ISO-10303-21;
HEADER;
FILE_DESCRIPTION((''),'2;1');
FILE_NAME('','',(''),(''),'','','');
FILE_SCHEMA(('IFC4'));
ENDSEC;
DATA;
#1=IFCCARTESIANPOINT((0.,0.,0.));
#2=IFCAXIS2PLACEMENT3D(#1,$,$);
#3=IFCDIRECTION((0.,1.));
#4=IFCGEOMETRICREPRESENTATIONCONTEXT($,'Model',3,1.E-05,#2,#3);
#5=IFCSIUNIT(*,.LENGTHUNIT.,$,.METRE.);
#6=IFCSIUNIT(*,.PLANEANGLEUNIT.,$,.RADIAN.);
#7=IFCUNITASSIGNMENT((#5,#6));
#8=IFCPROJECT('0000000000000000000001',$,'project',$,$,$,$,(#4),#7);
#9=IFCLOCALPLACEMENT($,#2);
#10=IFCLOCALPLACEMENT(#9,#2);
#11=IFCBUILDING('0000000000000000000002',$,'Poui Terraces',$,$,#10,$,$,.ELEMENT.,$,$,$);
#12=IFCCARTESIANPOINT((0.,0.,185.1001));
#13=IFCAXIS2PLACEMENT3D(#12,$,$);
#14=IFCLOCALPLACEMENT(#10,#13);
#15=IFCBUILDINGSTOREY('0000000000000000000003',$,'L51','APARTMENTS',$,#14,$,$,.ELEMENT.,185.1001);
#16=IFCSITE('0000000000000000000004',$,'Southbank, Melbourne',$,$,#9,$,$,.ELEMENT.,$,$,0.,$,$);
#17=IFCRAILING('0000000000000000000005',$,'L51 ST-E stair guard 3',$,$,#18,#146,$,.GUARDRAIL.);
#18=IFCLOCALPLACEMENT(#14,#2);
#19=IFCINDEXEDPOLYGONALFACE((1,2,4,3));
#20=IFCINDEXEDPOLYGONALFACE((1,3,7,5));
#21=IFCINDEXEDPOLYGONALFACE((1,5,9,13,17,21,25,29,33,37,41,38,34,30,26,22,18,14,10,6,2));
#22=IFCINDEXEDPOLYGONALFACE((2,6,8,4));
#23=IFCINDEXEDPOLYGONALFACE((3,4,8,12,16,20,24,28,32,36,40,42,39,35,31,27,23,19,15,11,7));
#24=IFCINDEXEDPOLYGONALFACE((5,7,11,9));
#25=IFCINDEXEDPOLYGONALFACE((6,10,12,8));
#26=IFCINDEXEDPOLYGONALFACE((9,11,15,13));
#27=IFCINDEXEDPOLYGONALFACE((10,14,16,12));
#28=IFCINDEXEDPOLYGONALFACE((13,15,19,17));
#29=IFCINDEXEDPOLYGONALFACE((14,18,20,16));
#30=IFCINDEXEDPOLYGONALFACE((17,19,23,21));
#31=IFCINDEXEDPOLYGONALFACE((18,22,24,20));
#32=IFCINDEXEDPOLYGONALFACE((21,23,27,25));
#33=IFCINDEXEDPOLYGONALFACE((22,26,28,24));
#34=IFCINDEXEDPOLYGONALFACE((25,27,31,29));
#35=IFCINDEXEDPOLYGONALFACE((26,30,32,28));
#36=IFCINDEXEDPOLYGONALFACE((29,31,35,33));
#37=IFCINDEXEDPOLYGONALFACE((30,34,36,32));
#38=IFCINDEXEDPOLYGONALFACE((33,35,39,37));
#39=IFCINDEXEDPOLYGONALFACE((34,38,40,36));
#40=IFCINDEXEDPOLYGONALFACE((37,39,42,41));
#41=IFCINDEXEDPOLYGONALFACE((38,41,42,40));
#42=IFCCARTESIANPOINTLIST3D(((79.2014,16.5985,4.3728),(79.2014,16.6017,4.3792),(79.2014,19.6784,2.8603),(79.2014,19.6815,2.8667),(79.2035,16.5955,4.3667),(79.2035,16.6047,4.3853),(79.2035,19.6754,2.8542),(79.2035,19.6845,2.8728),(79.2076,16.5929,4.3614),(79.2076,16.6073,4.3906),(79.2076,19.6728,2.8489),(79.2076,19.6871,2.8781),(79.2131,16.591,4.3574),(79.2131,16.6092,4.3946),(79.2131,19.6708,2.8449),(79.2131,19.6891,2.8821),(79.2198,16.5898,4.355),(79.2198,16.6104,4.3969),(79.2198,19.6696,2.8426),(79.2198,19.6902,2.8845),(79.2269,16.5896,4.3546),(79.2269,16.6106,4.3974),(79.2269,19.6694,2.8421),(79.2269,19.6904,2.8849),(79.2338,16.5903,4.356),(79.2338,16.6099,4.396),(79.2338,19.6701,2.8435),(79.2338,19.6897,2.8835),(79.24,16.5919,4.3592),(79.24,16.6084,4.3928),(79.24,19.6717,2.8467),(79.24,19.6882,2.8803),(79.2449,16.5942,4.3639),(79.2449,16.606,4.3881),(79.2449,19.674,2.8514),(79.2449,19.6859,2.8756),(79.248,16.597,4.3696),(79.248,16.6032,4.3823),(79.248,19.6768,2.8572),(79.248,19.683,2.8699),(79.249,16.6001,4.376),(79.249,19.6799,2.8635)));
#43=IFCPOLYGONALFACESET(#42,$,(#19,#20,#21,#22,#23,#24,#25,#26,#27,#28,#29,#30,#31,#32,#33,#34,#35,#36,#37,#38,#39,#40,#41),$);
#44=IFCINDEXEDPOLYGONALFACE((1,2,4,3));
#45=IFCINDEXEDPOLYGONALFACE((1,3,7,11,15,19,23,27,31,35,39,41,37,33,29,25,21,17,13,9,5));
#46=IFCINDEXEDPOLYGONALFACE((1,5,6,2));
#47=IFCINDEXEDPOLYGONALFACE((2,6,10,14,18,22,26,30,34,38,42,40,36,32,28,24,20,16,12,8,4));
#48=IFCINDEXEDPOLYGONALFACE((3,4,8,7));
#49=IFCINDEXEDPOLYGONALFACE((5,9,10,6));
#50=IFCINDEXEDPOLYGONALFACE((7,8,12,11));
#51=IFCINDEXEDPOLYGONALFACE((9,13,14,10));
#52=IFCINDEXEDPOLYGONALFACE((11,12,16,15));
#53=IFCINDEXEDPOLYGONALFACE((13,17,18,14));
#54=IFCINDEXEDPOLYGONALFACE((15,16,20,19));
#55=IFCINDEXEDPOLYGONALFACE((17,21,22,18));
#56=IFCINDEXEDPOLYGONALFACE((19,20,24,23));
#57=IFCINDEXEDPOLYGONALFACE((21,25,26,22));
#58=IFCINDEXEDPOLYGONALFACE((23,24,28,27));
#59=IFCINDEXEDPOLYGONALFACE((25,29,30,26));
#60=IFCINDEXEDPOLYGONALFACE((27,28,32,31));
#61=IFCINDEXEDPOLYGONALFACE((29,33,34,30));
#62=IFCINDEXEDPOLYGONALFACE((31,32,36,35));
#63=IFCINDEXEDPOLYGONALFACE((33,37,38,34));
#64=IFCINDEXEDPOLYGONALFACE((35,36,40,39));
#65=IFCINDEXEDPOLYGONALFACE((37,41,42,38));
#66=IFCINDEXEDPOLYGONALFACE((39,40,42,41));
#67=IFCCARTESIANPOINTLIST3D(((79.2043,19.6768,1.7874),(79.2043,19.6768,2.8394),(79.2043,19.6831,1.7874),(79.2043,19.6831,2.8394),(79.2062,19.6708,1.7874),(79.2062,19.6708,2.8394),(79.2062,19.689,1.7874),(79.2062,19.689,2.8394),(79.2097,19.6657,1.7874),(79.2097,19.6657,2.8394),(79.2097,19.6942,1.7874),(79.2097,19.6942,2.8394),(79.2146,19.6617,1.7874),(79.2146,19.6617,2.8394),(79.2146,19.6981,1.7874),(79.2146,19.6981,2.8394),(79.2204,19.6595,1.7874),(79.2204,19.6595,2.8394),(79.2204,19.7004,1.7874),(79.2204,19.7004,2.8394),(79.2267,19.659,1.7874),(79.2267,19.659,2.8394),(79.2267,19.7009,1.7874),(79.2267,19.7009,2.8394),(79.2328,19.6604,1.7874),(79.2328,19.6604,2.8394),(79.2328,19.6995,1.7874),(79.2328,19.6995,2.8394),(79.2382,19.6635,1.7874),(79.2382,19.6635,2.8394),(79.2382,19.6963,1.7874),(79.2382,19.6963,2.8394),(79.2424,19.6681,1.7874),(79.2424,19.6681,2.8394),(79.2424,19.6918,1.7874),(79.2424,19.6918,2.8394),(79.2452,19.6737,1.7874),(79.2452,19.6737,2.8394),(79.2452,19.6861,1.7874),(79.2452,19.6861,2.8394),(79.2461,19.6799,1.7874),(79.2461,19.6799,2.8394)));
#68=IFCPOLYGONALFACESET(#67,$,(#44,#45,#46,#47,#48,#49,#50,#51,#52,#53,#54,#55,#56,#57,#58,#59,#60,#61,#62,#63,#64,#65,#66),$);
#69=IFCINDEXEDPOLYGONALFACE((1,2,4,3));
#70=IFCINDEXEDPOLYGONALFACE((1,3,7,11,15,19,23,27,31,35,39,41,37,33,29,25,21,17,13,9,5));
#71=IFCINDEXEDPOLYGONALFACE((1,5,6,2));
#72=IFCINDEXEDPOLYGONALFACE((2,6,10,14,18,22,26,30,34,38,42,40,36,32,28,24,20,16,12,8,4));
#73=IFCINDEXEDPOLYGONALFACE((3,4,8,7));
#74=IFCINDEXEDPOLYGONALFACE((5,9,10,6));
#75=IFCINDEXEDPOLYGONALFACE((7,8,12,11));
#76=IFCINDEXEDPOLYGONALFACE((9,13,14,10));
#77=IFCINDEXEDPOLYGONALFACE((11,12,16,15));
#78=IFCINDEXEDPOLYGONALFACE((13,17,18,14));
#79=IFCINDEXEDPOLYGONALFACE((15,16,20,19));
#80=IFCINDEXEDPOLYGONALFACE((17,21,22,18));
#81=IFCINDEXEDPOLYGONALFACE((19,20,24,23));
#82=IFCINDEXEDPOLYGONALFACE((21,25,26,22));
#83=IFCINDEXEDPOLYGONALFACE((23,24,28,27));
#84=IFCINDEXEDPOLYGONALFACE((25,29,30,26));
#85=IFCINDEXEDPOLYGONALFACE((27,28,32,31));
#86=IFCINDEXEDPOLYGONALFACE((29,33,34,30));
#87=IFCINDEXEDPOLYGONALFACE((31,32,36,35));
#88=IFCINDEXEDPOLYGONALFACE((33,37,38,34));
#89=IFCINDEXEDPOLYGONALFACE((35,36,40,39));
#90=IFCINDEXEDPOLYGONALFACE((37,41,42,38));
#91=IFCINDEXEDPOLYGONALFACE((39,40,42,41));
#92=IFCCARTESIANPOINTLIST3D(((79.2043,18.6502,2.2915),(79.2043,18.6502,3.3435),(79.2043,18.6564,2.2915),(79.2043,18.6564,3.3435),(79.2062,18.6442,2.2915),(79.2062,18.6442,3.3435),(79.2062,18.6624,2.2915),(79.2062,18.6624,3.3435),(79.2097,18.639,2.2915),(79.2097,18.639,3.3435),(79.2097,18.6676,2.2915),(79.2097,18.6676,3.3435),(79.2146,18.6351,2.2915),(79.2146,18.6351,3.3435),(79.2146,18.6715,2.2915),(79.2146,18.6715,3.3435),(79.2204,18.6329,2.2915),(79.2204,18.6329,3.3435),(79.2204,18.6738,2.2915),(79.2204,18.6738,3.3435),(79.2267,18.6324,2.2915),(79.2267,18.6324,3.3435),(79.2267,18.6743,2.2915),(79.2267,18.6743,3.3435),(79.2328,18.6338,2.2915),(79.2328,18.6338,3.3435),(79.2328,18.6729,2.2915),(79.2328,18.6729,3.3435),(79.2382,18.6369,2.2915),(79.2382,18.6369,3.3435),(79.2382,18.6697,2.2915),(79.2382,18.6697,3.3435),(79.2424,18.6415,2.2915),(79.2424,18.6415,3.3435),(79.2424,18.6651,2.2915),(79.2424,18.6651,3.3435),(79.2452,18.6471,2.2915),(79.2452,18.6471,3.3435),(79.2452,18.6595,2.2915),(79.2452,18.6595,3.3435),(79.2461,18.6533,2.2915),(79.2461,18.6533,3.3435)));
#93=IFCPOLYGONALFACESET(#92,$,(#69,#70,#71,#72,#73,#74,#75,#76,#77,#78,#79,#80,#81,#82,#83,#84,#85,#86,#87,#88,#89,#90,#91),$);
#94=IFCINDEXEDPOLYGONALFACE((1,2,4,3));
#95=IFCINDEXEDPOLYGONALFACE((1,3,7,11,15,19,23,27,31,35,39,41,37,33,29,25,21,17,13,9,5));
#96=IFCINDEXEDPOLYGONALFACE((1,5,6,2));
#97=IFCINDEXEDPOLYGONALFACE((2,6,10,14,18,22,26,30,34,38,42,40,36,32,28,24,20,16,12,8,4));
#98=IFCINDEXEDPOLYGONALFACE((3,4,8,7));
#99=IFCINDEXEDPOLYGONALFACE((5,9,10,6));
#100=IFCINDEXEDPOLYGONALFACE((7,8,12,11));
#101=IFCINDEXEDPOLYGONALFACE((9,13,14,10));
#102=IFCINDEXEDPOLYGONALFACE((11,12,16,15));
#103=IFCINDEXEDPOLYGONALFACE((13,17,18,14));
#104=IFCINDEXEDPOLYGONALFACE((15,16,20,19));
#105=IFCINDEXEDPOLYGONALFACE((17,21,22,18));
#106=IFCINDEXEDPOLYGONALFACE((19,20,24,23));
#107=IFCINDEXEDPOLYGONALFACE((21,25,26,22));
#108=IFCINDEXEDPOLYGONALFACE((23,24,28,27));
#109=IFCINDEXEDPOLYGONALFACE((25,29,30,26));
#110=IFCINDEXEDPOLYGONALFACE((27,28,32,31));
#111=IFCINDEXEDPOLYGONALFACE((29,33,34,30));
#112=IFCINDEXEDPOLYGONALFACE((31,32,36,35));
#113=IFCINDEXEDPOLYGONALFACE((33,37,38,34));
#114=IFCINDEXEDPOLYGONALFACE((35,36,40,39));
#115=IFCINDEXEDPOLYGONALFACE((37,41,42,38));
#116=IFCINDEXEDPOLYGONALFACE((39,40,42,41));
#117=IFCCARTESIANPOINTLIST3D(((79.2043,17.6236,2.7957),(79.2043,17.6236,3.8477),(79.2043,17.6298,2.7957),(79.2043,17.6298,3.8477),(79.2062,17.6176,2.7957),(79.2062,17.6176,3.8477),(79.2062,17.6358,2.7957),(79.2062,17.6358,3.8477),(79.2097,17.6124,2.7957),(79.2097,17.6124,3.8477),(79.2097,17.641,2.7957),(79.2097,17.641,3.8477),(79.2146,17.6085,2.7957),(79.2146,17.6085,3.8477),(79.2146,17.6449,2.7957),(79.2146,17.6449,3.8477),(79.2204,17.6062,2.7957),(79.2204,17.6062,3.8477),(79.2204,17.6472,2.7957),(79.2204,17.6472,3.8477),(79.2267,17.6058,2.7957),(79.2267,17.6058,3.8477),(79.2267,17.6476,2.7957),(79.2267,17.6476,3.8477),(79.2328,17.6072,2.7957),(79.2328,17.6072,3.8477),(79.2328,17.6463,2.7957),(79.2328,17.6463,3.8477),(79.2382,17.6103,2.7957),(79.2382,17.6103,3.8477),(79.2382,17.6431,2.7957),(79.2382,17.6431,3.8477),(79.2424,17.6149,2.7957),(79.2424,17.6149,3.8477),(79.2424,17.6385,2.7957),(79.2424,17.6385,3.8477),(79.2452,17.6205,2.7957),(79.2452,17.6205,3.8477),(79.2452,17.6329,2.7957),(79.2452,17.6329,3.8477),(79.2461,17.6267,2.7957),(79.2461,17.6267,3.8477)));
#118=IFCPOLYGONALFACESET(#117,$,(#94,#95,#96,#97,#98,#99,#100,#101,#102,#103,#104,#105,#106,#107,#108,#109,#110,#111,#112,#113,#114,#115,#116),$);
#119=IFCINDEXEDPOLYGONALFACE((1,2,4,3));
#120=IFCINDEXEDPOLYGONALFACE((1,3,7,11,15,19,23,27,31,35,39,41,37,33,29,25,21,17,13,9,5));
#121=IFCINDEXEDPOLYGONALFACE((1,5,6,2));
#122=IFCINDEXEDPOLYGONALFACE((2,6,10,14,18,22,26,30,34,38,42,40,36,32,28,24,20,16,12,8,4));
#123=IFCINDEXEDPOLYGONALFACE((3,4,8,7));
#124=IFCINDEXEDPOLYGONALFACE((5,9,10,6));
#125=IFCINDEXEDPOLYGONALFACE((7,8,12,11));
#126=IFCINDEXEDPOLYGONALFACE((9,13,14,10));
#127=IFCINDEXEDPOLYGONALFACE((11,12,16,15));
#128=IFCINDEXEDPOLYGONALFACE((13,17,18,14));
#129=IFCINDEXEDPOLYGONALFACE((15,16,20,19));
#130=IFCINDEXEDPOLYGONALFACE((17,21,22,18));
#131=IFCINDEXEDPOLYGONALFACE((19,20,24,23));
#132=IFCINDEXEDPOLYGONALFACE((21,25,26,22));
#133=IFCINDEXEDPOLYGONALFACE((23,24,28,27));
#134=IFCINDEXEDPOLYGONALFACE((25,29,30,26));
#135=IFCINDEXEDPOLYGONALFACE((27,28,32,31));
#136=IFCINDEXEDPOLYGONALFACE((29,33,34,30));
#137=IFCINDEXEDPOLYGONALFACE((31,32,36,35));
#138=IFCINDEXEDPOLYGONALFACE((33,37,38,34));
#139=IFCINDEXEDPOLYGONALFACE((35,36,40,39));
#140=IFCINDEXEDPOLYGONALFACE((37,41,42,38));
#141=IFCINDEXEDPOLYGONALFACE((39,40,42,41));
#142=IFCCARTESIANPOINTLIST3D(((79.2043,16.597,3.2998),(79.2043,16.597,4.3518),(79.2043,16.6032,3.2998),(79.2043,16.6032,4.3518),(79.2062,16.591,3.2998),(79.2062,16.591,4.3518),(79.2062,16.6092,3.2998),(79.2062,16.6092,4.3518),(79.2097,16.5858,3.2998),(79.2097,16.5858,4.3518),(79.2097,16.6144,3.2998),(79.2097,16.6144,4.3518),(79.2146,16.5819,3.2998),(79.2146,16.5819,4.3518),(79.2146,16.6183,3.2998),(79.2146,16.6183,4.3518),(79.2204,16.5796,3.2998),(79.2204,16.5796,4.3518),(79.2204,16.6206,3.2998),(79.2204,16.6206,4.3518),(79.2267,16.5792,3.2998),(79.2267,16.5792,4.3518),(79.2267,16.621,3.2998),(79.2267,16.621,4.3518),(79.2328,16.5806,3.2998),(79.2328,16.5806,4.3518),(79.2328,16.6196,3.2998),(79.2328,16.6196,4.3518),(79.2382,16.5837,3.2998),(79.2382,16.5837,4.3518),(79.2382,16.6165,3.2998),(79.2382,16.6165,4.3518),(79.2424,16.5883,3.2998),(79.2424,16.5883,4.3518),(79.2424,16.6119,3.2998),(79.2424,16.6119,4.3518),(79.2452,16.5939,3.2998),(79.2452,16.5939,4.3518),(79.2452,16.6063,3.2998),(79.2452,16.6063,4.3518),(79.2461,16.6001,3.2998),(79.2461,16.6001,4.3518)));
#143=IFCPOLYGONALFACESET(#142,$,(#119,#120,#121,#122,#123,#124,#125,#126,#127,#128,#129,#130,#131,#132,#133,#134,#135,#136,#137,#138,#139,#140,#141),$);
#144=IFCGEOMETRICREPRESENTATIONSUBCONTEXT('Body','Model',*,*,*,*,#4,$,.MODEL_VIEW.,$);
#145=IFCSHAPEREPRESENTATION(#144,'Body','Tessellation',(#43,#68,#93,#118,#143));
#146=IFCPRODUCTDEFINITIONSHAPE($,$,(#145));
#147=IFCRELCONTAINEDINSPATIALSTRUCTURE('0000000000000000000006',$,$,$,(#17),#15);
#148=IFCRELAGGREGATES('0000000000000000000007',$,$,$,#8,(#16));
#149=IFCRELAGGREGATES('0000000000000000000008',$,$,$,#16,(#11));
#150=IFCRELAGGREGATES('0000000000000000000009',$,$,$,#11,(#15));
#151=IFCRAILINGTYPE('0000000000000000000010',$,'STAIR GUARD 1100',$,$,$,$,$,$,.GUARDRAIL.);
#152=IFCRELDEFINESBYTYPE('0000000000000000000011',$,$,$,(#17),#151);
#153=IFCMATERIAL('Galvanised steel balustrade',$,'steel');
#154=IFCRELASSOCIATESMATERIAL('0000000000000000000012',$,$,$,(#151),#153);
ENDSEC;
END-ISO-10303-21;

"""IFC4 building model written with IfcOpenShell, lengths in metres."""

from ifc_helpers import new_model, si_unit, direction, frame, origin, origin_2d, place, context, subcontext, project, spatial, circle, extrude, material, type_object, element, save


model = new_model("IFC4")

# Units and contexts
model_context = context("Model", 3, precision=1e-05, world=origin(), true_north=direction((0.0, 1.0)))
body_context = subcontext(model_context, "Body", "Model", "MODEL_VIEW")
ifc_project = project(units=[si_unit("LENGTHUNIT", "METRE"), si_unit("PLANEANGLEUNIT", "RADIAN")], contexts=[model_context])

# Site, building, storey
site_placement = place(None, origin())
site = spatial("IfcSite", under=ifc_project, at=site_placement, Name="Southbank, Melbourne", CompositionType="ELEMENT", RefElevation=0.0)
building_placement = place(site_placement, origin())
building = spatial("IfcBuilding", under=site, at=building_placement, Name="Poui Terraces", CompositionType="ELEMENT")
storey_placement = place(building_placement, frame((0.0, 0.0, 185.1001)))
storey = spatial("IfcBuildingStorey", under=building, at=storey_placement, Name="L51", Description="APARTMENTS", CompositionType="ELEMENT", Elevation=185.1001)

# Railing
ifc_material_1 = material(Name="Galvanised steel balustrade", Category="steel")
railing_type_1 = type_object("IfcRailingType", Name="STAIR GUARD 1100", PredefinedType="GUARDRAIL", material=ifc_material_1)
railing_1_placement = place(storey_placement, frame((79.2251, 19.6799, 1.7874)))
element("IfcRailing", 1, at=railing_1_placement, inside=storey, type_object=railing_type_1, Name="L51 ST-E stair guard 3", PredefinedType="GUARDRAIL", context=body_context, shape_type="SweptSolid", body=[
    extrude(circle(Radius=0.0239, at=origin_2d()), frame((0.0, 0.0, 1.0762), z_axis=(0.0, -0.897606, 0.440798), x_axis=(1.0, 0.0, 0.0)), (0.0, 0.0, 1.0), 3.4312),
    extrude(circle(Radius=0.021, at=origin_2d()), origin(), (0.0, 0.0, 1.0), 1.052),
    extrude(circle(Radius=0.021, at=origin_2d()), frame((0.0, -1.0266, 0.5042)), (0.0, 0.0, 1.0), 1.052),
    extrude(circle(Radius=0.021, at=origin_2d()), frame((0.0, -2.0532, 1.0083)), (0.0, 0.0, 1.0), 1.052),
    extrude(circle(Radius=0.021, at=origin_2d()), frame((0.0, -3.0798, 1.5125)), (0.0, 0.0, 1.0), 1.052),
])

save(model, "model.ifc")
